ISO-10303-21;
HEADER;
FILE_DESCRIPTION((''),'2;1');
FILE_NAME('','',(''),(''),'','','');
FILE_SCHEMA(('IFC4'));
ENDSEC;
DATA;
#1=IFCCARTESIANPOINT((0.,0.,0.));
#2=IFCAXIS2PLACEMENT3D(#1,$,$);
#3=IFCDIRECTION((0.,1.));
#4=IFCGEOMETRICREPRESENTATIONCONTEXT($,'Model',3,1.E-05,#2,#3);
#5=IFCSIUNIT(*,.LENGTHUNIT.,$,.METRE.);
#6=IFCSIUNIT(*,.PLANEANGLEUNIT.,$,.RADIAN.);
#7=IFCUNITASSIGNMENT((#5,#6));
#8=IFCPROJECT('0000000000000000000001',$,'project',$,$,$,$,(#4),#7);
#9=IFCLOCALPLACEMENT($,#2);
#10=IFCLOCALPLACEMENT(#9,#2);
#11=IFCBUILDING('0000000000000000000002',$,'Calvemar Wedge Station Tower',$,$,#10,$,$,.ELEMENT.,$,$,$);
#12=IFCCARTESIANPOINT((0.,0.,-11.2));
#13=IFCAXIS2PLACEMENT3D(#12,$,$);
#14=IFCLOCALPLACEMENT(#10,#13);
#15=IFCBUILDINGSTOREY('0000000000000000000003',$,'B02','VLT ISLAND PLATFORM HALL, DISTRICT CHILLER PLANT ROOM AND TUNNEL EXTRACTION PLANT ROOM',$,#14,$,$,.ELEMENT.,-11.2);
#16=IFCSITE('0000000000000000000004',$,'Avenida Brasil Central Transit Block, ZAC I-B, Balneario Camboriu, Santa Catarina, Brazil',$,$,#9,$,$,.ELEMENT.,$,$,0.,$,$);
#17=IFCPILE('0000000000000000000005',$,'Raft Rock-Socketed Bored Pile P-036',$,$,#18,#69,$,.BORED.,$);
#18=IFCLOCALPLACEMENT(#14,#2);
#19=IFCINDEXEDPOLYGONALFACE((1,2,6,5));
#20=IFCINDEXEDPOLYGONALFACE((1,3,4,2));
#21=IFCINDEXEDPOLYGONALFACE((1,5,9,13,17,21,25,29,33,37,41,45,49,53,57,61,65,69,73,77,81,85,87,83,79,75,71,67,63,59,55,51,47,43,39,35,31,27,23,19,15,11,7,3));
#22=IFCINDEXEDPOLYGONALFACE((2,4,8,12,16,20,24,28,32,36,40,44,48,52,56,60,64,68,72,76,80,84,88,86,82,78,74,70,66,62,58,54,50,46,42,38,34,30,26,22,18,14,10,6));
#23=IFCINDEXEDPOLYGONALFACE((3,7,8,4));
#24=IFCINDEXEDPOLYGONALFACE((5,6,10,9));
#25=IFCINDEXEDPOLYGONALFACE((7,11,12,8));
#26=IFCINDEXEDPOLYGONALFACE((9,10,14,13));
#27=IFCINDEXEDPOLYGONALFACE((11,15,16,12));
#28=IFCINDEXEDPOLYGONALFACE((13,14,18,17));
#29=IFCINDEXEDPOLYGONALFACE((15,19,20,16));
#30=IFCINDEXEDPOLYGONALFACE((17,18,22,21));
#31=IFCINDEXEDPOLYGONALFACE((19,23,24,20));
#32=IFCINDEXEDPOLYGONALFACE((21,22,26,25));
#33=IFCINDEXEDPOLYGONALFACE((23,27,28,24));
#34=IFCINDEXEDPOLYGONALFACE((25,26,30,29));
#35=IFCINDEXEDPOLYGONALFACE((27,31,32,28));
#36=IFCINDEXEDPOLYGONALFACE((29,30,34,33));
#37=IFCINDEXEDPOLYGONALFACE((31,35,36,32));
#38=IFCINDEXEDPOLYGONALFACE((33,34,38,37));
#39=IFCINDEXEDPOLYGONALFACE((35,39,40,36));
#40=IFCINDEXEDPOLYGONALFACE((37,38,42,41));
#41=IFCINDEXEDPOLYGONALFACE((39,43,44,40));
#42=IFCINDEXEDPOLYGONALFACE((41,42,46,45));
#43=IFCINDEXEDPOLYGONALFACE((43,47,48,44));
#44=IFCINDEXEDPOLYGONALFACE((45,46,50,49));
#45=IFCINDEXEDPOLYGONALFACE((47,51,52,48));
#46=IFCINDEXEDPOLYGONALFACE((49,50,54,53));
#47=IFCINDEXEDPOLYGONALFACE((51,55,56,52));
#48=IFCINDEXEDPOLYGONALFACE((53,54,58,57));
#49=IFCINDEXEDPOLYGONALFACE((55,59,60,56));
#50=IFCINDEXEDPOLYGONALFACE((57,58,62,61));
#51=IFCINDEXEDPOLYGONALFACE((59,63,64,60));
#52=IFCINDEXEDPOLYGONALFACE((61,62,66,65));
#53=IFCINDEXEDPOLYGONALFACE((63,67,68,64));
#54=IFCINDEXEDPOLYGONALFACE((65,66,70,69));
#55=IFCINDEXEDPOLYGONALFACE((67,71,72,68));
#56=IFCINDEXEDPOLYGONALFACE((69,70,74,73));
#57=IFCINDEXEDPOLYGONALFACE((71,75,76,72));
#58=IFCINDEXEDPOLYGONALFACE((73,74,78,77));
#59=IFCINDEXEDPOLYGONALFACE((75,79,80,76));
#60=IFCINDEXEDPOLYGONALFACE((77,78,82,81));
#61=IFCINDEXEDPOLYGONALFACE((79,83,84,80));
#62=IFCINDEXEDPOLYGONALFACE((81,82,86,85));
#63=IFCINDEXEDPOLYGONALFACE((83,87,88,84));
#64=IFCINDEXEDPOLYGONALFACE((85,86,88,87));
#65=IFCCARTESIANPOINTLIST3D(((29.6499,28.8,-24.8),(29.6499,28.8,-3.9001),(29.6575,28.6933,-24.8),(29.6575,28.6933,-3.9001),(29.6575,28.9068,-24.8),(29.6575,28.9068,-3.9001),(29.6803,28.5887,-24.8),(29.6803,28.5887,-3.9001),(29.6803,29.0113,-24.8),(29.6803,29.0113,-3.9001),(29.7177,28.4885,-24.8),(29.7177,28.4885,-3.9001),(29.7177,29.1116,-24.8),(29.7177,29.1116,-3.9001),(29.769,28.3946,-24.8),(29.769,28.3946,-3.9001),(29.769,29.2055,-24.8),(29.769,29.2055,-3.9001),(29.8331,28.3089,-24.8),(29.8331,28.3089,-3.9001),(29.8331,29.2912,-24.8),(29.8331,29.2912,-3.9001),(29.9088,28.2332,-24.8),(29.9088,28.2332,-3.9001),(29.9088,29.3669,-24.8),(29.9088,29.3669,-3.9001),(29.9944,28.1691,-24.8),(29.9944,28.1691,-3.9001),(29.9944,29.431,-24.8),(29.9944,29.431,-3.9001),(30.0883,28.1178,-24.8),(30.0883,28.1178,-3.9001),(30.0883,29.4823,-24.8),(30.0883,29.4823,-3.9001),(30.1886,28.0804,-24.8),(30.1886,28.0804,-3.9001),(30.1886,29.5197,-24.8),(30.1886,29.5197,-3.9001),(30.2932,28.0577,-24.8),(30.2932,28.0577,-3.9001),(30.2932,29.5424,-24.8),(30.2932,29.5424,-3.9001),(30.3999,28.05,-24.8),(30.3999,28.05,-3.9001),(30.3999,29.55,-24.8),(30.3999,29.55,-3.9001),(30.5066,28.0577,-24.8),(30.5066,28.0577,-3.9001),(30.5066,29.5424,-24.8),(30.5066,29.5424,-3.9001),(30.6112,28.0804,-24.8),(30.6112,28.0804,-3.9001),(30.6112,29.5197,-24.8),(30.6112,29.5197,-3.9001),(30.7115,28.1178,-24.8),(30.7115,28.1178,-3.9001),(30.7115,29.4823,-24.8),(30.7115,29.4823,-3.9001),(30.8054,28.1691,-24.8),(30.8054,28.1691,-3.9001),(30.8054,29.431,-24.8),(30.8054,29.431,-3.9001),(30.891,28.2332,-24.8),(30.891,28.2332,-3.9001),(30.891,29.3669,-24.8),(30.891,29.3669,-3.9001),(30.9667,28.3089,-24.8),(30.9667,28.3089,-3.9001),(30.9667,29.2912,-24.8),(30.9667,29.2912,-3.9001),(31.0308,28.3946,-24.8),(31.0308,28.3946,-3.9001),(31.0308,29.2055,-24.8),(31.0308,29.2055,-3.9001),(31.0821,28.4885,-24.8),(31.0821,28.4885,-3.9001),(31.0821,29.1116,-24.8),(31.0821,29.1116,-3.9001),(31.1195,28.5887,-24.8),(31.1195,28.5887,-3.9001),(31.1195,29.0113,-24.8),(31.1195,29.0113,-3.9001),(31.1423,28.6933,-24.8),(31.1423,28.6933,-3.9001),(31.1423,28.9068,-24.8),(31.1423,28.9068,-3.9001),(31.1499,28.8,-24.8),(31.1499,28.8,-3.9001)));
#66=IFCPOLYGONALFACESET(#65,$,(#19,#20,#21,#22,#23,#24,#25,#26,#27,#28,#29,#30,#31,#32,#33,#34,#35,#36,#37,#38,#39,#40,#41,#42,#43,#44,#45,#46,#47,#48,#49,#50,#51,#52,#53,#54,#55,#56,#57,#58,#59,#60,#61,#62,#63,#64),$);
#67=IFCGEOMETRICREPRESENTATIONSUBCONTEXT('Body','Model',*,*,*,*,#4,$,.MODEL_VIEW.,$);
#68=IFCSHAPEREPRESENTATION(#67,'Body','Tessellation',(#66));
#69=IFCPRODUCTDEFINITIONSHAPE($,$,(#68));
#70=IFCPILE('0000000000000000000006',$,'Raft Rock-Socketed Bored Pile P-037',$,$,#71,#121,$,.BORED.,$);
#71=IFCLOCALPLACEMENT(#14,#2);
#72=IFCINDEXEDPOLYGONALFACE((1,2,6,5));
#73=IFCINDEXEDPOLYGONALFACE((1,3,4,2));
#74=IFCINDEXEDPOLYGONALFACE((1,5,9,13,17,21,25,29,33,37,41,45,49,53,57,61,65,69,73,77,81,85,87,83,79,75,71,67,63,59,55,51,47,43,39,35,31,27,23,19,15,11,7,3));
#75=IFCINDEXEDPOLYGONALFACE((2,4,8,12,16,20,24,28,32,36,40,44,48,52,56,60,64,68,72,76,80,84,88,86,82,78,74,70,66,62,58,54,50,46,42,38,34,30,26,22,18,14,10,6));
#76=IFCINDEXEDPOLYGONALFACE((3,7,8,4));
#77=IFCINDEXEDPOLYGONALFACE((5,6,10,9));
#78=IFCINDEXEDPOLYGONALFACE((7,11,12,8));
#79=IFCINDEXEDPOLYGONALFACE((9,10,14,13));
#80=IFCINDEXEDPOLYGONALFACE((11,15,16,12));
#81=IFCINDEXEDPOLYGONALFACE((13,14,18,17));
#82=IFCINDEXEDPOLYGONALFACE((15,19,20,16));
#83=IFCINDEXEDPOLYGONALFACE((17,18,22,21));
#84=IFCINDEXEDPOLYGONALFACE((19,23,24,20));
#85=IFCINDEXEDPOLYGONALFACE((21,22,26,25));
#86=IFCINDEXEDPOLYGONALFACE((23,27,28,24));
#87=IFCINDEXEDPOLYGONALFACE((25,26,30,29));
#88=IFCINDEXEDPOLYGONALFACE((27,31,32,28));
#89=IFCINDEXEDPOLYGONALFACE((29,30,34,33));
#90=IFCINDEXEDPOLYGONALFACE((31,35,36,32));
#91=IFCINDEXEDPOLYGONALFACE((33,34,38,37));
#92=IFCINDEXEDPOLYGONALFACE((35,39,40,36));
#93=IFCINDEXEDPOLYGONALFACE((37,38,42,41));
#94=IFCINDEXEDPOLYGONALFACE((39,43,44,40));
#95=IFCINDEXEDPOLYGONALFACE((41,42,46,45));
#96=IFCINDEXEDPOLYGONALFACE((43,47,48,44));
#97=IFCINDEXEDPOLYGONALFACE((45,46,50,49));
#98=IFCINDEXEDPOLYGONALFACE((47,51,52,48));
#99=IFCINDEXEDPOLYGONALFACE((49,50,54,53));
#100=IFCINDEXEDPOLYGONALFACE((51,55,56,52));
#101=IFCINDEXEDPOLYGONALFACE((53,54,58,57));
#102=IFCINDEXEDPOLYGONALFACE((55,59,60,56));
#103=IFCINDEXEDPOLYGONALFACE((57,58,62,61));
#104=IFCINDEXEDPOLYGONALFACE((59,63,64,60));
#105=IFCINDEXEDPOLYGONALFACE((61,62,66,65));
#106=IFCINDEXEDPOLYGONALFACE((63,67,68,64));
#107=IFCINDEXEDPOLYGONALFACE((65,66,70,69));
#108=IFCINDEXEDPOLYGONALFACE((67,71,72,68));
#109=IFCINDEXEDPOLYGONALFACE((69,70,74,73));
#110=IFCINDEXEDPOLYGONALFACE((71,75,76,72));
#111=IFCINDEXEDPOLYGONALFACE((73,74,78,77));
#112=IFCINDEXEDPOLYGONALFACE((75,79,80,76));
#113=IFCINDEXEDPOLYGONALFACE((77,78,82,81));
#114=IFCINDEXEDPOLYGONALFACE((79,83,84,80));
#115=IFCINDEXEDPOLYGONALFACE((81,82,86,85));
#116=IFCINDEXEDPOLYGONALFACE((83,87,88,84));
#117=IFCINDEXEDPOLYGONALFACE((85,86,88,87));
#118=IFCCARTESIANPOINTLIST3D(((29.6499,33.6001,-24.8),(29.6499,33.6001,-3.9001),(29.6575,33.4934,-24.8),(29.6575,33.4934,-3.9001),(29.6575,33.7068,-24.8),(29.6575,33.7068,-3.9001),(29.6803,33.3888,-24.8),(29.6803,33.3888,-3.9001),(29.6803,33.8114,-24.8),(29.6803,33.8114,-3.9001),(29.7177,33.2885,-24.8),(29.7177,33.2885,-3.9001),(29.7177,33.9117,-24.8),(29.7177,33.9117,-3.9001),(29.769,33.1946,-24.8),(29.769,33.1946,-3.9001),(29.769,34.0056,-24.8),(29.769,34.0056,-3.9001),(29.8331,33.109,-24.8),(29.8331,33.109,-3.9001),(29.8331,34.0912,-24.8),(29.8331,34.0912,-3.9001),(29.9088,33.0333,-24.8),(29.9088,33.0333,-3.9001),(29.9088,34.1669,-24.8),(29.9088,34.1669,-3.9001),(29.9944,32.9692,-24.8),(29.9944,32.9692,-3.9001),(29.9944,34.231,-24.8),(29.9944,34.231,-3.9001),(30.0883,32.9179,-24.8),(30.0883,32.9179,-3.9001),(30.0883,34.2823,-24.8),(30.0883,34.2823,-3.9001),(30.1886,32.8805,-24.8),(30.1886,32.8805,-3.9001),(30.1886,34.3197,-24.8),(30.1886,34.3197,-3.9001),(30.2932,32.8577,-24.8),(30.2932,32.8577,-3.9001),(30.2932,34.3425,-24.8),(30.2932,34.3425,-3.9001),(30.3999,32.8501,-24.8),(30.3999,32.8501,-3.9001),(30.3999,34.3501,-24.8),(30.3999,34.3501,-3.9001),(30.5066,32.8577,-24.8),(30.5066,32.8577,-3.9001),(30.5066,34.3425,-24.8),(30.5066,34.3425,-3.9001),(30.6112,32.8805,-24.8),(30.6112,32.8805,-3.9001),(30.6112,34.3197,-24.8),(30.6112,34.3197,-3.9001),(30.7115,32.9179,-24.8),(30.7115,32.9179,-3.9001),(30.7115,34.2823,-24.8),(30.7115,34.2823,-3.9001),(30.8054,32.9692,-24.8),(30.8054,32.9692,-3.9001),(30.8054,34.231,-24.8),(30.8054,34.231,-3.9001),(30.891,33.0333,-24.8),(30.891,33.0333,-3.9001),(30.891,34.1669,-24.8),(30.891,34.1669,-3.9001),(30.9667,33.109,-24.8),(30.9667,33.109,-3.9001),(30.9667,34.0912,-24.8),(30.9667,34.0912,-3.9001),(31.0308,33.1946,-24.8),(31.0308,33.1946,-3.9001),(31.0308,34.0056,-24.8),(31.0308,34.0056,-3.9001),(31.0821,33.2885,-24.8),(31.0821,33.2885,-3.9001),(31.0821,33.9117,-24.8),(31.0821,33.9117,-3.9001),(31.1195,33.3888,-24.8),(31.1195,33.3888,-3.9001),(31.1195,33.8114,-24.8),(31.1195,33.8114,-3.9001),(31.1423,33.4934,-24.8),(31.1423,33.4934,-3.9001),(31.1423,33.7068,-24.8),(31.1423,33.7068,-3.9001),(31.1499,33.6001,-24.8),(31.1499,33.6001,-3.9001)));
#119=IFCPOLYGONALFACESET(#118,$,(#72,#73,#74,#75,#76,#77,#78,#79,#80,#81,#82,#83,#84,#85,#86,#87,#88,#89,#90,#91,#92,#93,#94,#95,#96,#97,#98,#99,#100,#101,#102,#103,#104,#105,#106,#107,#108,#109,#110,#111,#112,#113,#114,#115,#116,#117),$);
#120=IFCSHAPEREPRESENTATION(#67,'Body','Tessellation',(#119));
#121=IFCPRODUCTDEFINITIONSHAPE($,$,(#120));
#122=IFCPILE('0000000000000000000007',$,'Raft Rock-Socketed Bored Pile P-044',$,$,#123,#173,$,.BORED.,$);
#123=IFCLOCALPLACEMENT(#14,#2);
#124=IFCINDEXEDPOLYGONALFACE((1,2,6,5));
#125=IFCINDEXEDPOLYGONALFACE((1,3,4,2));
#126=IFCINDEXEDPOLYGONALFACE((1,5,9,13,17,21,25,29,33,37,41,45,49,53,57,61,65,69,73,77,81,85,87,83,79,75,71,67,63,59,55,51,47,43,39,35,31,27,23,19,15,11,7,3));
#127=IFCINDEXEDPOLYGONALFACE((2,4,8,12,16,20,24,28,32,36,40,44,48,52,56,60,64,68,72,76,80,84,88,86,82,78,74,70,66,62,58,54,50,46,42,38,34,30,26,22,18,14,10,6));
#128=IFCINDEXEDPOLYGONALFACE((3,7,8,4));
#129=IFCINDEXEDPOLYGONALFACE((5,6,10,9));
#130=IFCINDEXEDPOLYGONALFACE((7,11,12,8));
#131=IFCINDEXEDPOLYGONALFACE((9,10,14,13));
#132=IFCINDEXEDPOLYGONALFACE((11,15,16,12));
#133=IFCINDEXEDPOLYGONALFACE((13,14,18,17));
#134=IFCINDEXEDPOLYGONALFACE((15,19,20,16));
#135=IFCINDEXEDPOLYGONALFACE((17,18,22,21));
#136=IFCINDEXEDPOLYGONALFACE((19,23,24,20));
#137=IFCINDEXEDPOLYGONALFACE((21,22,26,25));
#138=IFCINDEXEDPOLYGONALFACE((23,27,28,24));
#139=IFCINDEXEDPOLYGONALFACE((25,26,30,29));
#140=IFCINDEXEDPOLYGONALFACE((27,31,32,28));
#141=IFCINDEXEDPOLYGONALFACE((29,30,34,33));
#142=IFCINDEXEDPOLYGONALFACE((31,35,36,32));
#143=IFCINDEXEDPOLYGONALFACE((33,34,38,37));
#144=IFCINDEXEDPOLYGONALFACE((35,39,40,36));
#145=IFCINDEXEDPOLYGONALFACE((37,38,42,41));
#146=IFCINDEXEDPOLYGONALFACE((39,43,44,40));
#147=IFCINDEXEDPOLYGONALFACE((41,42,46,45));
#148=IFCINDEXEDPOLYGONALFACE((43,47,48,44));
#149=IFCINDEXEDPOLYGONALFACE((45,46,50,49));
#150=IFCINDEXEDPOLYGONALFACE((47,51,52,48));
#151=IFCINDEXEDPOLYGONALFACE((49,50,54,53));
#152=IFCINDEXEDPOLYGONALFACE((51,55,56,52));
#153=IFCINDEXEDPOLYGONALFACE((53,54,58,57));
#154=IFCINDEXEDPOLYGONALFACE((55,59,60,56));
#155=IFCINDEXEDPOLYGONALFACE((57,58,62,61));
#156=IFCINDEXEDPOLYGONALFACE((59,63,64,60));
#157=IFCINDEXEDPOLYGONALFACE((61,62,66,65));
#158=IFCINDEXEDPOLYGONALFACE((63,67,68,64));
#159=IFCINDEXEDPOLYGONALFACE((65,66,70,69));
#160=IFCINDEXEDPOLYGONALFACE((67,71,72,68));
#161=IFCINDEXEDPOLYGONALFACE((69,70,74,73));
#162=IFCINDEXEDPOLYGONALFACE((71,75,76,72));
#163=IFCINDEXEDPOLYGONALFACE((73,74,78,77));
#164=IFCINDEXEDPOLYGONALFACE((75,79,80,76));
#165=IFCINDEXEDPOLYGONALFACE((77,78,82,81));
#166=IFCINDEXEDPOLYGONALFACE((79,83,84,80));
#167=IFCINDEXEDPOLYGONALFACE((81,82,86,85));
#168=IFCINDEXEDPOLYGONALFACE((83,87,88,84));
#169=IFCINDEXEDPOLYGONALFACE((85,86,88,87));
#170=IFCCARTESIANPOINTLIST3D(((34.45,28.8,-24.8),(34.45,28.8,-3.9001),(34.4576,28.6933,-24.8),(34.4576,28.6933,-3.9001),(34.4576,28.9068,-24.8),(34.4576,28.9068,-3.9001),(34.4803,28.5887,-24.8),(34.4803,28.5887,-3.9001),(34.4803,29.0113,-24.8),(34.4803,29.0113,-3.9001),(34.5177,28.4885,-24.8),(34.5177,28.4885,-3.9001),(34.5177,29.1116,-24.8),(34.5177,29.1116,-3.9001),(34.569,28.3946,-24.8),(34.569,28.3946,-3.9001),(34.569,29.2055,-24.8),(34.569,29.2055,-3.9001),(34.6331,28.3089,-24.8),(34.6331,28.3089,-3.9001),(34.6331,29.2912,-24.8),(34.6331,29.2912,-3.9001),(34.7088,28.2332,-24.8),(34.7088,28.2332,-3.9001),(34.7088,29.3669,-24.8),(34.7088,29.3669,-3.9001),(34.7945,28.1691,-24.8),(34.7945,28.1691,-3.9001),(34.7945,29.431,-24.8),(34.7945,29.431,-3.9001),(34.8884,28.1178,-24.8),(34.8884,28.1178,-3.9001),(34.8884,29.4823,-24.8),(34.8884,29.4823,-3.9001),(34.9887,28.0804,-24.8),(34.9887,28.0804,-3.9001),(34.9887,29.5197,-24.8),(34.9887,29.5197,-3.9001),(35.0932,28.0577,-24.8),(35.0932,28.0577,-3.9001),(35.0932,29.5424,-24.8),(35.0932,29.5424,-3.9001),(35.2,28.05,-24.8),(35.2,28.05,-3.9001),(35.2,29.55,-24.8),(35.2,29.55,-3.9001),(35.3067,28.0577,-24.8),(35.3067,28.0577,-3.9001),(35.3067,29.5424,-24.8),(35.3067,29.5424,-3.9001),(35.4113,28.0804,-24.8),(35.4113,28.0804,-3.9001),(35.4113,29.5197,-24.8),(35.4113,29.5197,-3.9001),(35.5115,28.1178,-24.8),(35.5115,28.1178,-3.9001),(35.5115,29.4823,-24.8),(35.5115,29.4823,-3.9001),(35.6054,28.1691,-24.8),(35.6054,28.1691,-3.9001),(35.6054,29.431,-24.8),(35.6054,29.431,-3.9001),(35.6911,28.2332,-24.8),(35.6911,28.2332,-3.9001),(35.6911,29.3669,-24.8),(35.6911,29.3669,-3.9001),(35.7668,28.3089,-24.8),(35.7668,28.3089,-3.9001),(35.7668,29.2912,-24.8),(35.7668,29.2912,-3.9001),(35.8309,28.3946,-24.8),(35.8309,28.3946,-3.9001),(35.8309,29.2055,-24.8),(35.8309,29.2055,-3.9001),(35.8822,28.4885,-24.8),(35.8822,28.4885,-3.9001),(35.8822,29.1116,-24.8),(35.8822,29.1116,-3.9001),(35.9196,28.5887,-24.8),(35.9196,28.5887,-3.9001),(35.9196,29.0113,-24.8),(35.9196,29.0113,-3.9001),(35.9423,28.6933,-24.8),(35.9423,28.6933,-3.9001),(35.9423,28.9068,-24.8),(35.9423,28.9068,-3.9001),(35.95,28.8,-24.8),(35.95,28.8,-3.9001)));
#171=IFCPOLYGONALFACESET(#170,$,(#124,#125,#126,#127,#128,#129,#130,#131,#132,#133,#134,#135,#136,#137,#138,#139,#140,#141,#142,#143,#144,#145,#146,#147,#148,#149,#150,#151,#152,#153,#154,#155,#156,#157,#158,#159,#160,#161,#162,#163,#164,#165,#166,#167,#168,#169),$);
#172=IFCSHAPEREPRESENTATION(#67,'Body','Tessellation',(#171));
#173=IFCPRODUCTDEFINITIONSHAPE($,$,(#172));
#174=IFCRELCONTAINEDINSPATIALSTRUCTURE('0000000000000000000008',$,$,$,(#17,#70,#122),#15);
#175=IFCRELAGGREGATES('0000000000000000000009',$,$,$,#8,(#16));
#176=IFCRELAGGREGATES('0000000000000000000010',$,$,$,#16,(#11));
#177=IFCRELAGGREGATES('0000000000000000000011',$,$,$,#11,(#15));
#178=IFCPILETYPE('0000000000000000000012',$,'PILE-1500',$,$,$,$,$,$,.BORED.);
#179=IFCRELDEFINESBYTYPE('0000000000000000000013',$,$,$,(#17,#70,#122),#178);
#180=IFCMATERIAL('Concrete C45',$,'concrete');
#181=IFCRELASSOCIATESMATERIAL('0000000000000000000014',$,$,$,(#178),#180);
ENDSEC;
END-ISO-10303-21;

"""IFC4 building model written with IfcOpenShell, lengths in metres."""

from ifc_helpers import new_model, si_unit, direction, frame, origin, origin_2d, place, context, subcontext, project, spatial, circle, extrude, material, material_profile, profile_set, type_object, element, save


model = new_model("IFC4")

# Units and contexts
model_context = context("Model", 3, precision=1e-05, world=origin(), true_north=direction((0.0, 1.0)))
body_context = subcontext(model_context, "Body", "Model", "MODEL_VIEW")
ifc_project = project(units=[si_unit("LENGTHUNIT", "METRE"), si_unit("PLANEANGLEUNIT", "RADIAN")], contexts=[model_context])

# Site, building, storey
site_placement = place(None, origin())
site = spatial("IfcSite", under=ifc_project, at=site_placement, Name="Avenida Brasil Central Transit Block, ZAC I-B, Balneario Camboriu, Santa Catarina, Brazil", CompositionType="ELEMENT", RefElevation=0.0)
building_placement = place(site_placement, origin())
building = spatial("IfcBuilding", under=site, at=building_placement, Name="Calvemar Wedge Station Tower", CompositionType="ELEMENT")
storey_placement = place(building_placement, frame((0.0, 0.0, -11.2)))
storey = spatial("IfcBuildingStorey", under=building, at=storey_placement, Name="B02", Description="VLT ISLAND PLATFORM HALL, DISTRICT CHILLER PLANT ROOM AND TUNNEL EXTRACTION PLANT ROOM", CompositionType="ELEMENT", Elevation=-11.2)

# Piles
ifc_material_1 = material(Name="Concrete C45", Category="concrete")
ifc_material_profile_1 = material_profile(ifc_material_1, circle(Radius=0.75, at=origin_2d()), Name="PILE-D1500")
ifc_profile_set_1 = profile_set([ifc_material_profile_1], Name="Concrete C45")
pile_type = type_object("IfcPileType", Name="PILE-1500", PredefinedType="BORED", material=ifc_profile_set_1)
for number, where, z_axis, x_axis, name in (
    (1, (30.3999, 28.8, -3.9001), (0.0, 0.0, -1.0), (1.0, 0.0, 0.0), "Raft Rock-Socketed Bored Pile P-036"),
    (2, (30.3999, 33.6001, -3.9001), (0.0, 0.0, -1.0), (1.0, 0.0, 0.0), "Raft Rock-Socketed Bored Pile P-037"),
    (3, (35.2, 28.8, -3.9001), (0.0, 0.0, -1.0), (1.0, 0.0, 0.0), "Raft Rock-Socketed Bored Pile P-044"),
):
    element("IfcPile", number, at=place(storey_placement, frame(where, z_axis=z_axis, x_axis=x_axis)), inside=storey, type_object=pile_type, Name=name, PredefinedType="BORED", context=body_context, shape_type="SweptSolid", body=[
        extrude(circle(Radius=0.75, at=origin_2d()), origin(), (0.0, 0.0, 1.0), 20.8999),
    ])

save(model, "model.ifc")
